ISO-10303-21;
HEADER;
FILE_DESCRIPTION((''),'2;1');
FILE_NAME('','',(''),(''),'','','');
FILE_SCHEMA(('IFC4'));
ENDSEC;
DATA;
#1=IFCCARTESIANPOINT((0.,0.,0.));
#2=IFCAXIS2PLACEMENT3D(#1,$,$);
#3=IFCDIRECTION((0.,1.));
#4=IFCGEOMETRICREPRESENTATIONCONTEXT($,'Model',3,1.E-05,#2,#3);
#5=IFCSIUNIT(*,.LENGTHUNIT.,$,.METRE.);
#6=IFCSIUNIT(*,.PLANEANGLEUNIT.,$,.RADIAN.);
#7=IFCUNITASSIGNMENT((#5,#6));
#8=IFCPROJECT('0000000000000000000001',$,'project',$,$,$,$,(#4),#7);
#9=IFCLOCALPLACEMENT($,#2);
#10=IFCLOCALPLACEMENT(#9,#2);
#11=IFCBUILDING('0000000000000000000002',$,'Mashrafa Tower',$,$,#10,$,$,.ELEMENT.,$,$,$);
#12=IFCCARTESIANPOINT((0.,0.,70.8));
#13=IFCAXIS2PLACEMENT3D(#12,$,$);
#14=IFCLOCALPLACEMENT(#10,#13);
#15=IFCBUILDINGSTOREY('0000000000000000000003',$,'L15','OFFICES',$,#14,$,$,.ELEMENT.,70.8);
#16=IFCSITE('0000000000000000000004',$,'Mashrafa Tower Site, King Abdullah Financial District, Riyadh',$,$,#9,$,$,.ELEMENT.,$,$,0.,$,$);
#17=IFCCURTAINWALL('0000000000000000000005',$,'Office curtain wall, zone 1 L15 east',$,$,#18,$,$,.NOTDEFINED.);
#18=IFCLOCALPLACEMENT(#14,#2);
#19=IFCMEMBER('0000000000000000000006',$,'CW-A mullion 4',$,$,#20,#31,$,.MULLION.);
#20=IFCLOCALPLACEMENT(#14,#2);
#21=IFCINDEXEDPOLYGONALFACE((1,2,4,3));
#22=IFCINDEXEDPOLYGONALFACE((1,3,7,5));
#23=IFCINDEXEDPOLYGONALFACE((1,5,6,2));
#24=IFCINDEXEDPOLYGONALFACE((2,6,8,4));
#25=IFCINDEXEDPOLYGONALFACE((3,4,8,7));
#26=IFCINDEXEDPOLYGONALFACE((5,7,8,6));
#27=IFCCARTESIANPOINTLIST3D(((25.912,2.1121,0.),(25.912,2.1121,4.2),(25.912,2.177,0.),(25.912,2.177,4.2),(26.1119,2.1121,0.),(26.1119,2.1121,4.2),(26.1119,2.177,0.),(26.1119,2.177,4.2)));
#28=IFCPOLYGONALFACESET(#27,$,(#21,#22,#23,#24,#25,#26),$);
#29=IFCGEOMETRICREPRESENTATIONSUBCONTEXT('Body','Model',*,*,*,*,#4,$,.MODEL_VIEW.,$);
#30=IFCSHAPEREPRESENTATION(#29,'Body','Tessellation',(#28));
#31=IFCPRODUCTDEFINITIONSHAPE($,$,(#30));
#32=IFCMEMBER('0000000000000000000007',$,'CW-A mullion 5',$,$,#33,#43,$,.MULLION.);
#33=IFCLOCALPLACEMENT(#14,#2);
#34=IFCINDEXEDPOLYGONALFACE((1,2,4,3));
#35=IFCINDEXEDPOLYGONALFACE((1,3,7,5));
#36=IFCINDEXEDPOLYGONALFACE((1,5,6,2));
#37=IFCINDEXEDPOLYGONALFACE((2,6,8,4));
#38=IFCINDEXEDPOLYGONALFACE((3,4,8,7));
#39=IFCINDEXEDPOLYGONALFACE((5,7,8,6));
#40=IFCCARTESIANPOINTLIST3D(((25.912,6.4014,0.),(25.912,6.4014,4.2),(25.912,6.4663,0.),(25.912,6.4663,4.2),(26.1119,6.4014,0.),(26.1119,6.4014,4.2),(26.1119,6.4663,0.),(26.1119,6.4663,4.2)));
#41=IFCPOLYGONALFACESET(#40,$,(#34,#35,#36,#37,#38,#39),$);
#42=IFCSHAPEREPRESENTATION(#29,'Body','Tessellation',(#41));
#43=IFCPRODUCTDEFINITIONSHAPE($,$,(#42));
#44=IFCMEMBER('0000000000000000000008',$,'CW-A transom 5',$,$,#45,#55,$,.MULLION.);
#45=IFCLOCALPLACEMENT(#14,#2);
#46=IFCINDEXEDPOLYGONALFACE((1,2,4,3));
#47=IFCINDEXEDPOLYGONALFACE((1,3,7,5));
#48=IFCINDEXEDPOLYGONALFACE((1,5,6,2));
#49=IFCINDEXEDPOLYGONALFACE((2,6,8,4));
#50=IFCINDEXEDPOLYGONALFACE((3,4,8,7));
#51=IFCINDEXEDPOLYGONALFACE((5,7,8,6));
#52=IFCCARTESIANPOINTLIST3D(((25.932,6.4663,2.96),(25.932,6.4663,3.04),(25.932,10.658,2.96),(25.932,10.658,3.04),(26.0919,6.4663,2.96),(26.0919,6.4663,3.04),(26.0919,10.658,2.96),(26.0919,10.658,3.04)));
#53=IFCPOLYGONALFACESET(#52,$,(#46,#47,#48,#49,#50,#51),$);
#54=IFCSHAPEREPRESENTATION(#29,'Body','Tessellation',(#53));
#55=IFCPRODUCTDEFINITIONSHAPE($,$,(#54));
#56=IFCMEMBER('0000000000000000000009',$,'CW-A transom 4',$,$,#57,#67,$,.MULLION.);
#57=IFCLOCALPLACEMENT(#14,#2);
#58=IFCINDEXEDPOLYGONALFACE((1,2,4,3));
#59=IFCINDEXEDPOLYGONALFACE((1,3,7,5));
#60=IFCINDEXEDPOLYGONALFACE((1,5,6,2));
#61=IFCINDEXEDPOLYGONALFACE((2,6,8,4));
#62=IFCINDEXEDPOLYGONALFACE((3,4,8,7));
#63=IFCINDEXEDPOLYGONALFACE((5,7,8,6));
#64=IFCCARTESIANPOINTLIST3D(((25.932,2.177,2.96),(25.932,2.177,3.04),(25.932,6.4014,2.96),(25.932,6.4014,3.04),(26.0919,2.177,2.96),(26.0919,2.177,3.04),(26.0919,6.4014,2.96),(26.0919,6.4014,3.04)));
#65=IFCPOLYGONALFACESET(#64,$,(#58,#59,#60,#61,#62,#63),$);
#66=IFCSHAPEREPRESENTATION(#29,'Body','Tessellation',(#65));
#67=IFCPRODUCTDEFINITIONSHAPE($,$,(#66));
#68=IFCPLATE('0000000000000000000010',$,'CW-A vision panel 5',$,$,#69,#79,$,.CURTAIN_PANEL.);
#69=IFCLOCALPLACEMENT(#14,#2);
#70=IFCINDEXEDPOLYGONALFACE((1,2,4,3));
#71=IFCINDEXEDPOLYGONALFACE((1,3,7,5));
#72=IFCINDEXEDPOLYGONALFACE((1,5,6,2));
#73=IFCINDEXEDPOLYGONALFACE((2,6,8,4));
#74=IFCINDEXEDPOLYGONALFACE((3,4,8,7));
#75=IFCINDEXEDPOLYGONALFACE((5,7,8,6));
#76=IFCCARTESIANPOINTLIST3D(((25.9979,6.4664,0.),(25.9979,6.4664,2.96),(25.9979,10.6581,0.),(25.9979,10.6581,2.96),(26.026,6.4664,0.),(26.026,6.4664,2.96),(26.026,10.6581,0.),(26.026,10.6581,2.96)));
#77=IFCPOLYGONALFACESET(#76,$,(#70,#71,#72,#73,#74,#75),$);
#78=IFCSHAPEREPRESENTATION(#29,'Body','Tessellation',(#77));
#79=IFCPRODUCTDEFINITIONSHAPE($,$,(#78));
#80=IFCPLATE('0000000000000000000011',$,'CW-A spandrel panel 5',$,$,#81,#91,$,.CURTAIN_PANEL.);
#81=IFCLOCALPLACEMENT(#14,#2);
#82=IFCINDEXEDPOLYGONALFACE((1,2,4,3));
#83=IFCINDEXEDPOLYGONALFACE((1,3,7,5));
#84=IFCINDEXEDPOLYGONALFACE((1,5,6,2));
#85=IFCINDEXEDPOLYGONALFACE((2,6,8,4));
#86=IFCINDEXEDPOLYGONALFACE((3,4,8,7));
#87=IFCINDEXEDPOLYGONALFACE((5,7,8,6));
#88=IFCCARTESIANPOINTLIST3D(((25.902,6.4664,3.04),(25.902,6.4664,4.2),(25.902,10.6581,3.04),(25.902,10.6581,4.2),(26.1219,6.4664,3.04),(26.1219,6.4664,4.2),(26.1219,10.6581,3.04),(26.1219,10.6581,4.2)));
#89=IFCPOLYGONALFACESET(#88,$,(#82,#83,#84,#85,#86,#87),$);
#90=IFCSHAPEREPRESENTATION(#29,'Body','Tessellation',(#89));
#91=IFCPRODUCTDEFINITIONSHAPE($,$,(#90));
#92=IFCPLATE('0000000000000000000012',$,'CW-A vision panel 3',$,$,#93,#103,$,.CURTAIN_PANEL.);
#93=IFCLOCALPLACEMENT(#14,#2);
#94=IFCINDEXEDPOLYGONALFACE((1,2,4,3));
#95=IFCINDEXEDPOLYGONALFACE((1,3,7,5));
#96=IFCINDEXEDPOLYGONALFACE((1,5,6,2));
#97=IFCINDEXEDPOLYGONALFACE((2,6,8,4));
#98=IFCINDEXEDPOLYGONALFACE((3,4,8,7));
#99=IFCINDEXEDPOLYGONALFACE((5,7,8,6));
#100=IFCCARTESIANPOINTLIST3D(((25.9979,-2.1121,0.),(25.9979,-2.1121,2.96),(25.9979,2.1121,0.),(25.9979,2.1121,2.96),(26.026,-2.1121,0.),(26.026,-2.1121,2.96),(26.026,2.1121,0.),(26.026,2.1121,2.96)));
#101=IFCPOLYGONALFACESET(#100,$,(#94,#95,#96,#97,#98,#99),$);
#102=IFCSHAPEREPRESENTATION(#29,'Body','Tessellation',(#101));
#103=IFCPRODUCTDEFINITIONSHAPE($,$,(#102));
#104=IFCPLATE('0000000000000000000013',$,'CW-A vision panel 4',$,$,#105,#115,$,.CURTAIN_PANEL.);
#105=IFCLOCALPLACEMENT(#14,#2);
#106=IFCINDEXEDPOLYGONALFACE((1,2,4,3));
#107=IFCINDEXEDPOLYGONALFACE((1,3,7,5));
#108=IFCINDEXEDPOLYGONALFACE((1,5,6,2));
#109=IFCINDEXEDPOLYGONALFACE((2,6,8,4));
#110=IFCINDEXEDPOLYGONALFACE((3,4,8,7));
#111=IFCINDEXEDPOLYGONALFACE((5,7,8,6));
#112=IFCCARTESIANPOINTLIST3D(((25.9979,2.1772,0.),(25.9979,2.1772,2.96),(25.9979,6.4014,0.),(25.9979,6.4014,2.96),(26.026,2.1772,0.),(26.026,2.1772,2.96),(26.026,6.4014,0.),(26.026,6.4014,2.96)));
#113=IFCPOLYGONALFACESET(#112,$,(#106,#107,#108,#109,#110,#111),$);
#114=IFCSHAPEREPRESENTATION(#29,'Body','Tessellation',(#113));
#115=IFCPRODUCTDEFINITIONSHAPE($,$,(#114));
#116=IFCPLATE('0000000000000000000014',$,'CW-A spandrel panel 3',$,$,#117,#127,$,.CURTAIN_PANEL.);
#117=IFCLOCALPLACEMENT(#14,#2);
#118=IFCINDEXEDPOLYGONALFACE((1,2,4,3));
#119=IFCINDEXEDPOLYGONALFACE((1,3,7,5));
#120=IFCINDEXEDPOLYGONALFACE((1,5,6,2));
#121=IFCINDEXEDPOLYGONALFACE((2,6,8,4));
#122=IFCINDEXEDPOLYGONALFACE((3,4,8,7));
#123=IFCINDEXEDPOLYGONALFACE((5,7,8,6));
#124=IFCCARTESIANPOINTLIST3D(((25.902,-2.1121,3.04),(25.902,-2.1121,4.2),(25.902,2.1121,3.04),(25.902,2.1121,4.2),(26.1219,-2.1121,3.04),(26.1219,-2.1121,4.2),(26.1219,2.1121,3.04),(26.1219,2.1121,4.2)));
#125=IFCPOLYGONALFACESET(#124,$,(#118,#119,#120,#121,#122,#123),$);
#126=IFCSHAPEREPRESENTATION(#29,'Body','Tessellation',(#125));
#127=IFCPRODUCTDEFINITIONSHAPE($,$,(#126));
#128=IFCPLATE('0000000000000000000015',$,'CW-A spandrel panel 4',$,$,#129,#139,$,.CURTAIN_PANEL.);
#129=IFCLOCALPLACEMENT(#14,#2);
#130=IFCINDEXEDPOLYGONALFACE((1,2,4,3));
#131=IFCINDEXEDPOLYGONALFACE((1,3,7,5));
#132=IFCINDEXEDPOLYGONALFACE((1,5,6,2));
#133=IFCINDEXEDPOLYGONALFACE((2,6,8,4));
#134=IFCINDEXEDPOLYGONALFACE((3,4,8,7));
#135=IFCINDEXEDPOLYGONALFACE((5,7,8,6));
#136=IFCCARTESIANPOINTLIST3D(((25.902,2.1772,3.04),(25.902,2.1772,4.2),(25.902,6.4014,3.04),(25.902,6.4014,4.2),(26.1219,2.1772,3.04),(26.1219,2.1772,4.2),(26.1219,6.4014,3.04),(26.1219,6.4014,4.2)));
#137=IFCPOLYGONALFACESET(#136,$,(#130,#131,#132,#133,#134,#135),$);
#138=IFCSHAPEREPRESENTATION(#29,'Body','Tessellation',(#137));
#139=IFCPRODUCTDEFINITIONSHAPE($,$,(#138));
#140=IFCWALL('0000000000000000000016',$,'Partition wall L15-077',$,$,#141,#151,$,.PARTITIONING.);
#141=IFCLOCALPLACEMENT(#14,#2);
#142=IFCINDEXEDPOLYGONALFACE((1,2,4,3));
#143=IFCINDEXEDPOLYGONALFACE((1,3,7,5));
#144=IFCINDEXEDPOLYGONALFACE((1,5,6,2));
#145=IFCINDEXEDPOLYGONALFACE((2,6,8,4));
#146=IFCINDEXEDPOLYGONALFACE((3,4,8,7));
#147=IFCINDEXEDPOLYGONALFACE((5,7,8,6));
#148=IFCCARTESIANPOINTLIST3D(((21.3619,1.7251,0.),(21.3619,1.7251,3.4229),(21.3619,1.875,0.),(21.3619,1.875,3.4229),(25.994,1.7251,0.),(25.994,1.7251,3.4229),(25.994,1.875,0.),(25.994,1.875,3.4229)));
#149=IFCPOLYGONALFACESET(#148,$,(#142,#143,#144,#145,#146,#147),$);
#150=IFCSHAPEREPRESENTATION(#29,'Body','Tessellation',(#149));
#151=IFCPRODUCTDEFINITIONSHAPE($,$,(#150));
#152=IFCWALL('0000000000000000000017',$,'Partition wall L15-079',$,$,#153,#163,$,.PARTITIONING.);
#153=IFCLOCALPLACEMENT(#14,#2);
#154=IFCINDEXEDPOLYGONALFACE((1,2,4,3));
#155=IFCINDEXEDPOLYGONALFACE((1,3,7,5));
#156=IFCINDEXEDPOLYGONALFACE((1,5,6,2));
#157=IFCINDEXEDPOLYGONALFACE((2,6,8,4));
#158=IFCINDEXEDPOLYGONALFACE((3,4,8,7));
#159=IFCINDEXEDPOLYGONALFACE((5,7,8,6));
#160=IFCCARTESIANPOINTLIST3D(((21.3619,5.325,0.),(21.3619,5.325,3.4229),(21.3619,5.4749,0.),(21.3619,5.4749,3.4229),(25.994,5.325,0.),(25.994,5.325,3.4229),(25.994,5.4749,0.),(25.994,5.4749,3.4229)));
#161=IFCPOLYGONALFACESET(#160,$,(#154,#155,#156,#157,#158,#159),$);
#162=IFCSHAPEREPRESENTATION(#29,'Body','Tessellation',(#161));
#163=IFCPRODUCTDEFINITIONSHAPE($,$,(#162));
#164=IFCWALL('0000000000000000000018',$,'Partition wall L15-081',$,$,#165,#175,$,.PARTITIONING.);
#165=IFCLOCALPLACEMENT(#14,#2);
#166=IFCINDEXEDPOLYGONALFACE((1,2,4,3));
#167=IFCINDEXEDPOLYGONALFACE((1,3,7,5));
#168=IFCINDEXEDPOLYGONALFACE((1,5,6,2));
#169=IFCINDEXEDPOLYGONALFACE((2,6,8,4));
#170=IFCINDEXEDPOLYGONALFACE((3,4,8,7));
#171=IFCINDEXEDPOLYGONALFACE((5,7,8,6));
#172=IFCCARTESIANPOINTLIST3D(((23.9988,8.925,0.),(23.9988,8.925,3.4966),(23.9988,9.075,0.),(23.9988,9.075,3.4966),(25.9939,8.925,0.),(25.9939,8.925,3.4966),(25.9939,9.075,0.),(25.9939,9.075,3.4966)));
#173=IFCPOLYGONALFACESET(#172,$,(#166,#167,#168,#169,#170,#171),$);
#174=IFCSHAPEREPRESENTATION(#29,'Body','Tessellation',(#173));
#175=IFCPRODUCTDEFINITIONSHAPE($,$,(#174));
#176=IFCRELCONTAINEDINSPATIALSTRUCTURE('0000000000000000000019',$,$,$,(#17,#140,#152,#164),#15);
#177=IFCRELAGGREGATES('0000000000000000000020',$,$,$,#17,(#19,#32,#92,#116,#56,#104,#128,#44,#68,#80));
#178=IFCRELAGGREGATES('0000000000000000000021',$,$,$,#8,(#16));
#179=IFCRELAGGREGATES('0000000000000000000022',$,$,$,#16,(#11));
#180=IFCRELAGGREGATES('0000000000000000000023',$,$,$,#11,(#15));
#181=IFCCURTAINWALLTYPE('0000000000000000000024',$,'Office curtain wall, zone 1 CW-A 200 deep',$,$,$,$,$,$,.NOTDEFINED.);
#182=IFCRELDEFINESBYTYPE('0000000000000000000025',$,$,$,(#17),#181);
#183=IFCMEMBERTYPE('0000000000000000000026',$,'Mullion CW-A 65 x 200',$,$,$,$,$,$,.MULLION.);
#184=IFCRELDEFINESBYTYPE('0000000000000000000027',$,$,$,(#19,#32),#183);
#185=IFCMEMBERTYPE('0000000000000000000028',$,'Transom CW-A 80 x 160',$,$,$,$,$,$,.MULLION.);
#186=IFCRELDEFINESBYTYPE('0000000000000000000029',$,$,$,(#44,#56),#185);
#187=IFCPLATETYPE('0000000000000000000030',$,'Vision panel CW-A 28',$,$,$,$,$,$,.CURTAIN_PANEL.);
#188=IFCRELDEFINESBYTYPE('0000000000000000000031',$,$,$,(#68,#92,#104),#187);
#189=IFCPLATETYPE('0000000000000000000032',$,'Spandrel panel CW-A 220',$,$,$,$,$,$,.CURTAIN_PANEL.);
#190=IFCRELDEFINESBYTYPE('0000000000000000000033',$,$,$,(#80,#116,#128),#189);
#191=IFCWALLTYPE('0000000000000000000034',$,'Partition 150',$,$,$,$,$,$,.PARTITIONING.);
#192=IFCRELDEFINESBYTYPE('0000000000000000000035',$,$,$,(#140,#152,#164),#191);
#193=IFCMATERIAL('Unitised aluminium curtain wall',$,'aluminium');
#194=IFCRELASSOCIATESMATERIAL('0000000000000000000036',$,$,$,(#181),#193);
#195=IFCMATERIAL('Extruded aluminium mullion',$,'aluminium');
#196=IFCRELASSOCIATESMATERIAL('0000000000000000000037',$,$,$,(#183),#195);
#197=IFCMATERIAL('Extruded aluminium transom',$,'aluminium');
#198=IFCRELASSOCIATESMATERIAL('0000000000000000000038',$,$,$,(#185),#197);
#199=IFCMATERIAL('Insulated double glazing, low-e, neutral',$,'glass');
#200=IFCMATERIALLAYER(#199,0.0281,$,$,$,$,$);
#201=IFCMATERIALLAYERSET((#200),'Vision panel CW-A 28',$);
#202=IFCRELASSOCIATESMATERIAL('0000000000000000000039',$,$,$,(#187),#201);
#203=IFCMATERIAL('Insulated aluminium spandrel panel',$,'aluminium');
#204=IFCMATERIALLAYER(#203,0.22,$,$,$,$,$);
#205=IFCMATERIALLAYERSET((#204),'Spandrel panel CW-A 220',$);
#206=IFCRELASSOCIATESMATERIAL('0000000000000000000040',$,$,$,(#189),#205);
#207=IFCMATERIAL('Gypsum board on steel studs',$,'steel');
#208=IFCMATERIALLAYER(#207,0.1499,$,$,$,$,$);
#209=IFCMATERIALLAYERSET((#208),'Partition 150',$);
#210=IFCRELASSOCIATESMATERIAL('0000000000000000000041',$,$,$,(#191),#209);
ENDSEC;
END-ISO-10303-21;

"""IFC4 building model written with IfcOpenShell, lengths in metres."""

from ifc_helpers import new_model, si_unit, direction, frame, frame_2d, origin, origin_2d, place, context, subcontext, project, spatial, rectangle, extrude, source, transform, mapped, material, layer, layer_set, material_profile, profile_set, type_object, type_shapes, element, aggregate, save


model = new_model("IFC4")

# Units and contexts
model_context = context("Model", 3, precision=1e-05, world=origin(), true_north=direction((0.0, 1.0)))
body_context = subcontext(model_context, "Body", "Model", "MODEL_VIEW")
ifc_project = project(units=[si_unit("LENGTHUNIT", "METRE"), si_unit("PLANEANGLEUNIT", "RADIAN")], contexts=[model_context])

# Site, building, storey
site_placement = place(None, origin())
site = spatial("IfcSite", under=ifc_project, at=site_placement, Name="Mashrafa Tower Site, King Abdullah Financial District, Riyadh", CompositionType="ELEMENT", RefElevation=0.0)
building_placement = place(site_placement, origin())
building = spatial("IfcBuilding", under=site, at=building_placement, Name="Mashrafa Tower", CompositionType="ELEMENT")
storey_placement = place(building_placement, frame((0.0, 0.0, 70.8)))
storey = spatial("IfcBuildingStorey", under=building, at=storey_placement, Name="L15", Description="OFFICES", CompositionType="ELEMENT", Elevation=70.8)

# Curtain wall, members, plates
ifc_material_1 = material(Name="Unitised aluminium curtain wall", Category="aluminium")
curtain_wall_type = type_object("IfcCurtainWallType", Name="Office curtain wall, zone 1 CW-A 200 deep", PredefinedType="NOTDEFINED", material=ifc_material_1)
curtain_wall_placement = place(storey_placement, origin())
curtain_wall = element("IfcCurtainWall", 1, at=curtain_wall_placement, inside=storey, type_object=curtain_wall_type, Name="Office curtain wall, zone 1 L15 east", PredefinedType="NOTDEFINED")
ifc_material_2 = material(Name="Extruded aluminium mullion", Category="aluminium")
ifc_material_profile_1 = material_profile(ifc_material_2, rectangle(XDim=0.2, YDim=0.0649, at=origin_2d()), Name="Mullion 65x200")
ifc_profile_set_1 = profile_set([ifc_material_profile_1], Name="Extruded aluminium mullion")
member_type_1 = type_object("IfcMemberType", Name="Mullion CW-A 65 x 200", PredefinedType="MULLION", material=ifc_profile_set_1)
shared_shape_1 = source(origin(), body_context, "Body", "SweptSolid", [
    extrude(rectangle(XDim=0.2, YDim=0.0649, at=origin_2d()), origin(), (0.0, 0.0, 1.0), 4.2),
])
type_shapes(member_type_1, [shared_shape_1])
member_1_placement = place(storey_placement, frame((26.012, 2.1445, 0.0), z_axis=(0.0, 0.0, 1.0), x_axis=(-1.0, 0.0, 0.0)))
member_1 = element("IfcMember", 2, at=member_1_placement, type_object=member_type_1, Name="CW-A mullion 4", PredefinedType="MULLION", context=body_context, shape_type="MappedRepresentation", body=[
    mapped(shared_shape_1, transform((0.0, 0.0, 0.0))),
])
member_2_placement = place(storey_placement, frame((26.012, 6.4338, 0.0), z_axis=(0.0, 0.0, 1.0), x_axis=(-1.0, 0.0, 0.0)))
member_2 = element("IfcMember", 3, at=member_2_placement, type_object=member_type_1, Name="CW-A mullion 5", PredefinedType="MULLION", context=body_context, shape_type="MappedRepresentation", body=[
    mapped(shared_shape_1, transform((0.0, 0.0, 0.0))),
])
ifc_material_3 = material(Name="Extruded aluminium transom", Category="aluminium")
ifc_material_profile_2 = material_profile(ifc_material_3, rectangle(XDim=0.1599, YDim=0.0801, at=origin_2d()), Name="Transom 80x160")
ifc_profile_set_2 = profile_set([ifc_material_profile_2], Name="Extruded aluminium transom")
member_type_2 = type_object("IfcMemberType", Name="Transom CW-A 80 x 160", PredefinedType="MULLION", material=ifc_profile_set_2)
shared_shape_2 = source(origin(), body_context, "Body", "SweptSolid", [
    extrude(rectangle(XDim=0.1599, YDim=0.0801, at=origin_2d()), origin(), (0.0, 0.0, 1.0), 4.1917),
])
member_3_placement = place(storey_placement, frame((26.012, 6.4663, 3.0), z_axis=(0.0, 1.0, 0.0), x_axis=(-1.0, 0.0, 0.0)))
member_3 = element("IfcMember", 4, at=member_3_placement, type_object=member_type_2, Name="CW-A transom 5", PredefinedType="MULLION", context=body_context, shape_type="MappedRepresentation", body=[
    mapped(shared_shape_2, transform((0.0, 0.0, 0.0))),
])
shared_shape_3 = source(origin(), body_context, "Body", "SweptSolid", [
    extrude(rectangle(XDim=0.1599, YDim=0.0801, at=origin_2d()), origin(), (0.0, 0.0, 1.0), 4.2244),
])
type_shapes(member_type_2, [shared_shape_2, shared_shape_3])
member_4_placement = place(storey_placement, frame((26.012, 2.177, 3.0), z_axis=(0.0, 1.0, 0.0), x_axis=(-1.0, 0.0, 0.0)))
member_4 = element("IfcMember", 5, at=member_4_placement, type_object=member_type_2, Name="CW-A transom 4", PredefinedType="MULLION", context=body_context, shape_type="MappedRepresentation", body=[
    mapped(shared_shape_3, transform((0.0, 0.0, 0.0))),
])
ifc_material_4 = material(Name="Insulated double glazing, low-e, neutral", Category="glass")
ifc_layer_1 = layer(ifc_material_4, 0.0281)
ifc_layer_set_1 = layer_set([ifc_layer_1], Name="Vision panel CW-A 28")
plate_type_1 = type_object("IfcPlateType", Name="Vision panel CW-A 28", PredefinedType="CURTAIN_PANEL", material=ifc_layer_set_1)
shared_shape_4 = source(origin(), body_context, "Body", "SweptSolid", [
    extrude(rectangle(XDim=4.1917, YDim=0.0281, at=origin_2d()), origin(), (0.0, 0.0, 1.0), 2.96),
])
plate_1_placement = place(storey_placement, frame((26.012, 8.5623, 0.0), z_axis=(0.0, 0.0, 1.0), x_axis=(0.0, 1.0, 0.0)))
plate_1 = element("IfcPlate", 6, at=plate_1_placement, type_object=plate_type_1, Name="CW-A vision panel 5", PredefinedType="CURTAIN_PANEL", context=body_context, shape_type="MappedRepresentation", body=[
    mapped(shared_shape_4, transform((0.0, 0.0, 0.0))),
])
ifc_material_5 = material(Name="Insulated aluminium spandrel panel", Category="aluminium")
ifc_layer_2 = layer(ifc_material_5, 0.22)
ifc_layer_set_2 = layer_set([ifc_layer_2], Name="Spandrel panel CW-A 220")
plate_type_2 = type_object("IfcPlateType", Name="Spandrel panel CW-A 220", PredefinedType="CURTAIN_PANEL", material=ifc_layer_set_2)
shared_shape_5 = source(origin(), body_context, "Body", "SweptSolid", [
    extrude(rectangle(XDim=4.1917, YDim=0.22, at=origin_2d()), origin(), (0.0, 0.0, 1.0), 1.1599),
])
plate_2_placement = place(storey_placement, frame((26.012, 8.5623, 3.04), z_axis=(0.0, 0.0, 1.0), x_axis=(0.0, 1.0, 0.0)))
plate_2 = element("IfcPlate", 7, at=plate_2_placement, type_object=plate_type_2, Name="CW-A spandrel panel 5", PredefinedType="CURTAIN_PANEL", context=body_context, shape_type="MappedRepresentation", body=[
    mapped(shared_shape_5, transform((0.0, 0.0, 0.0))),
])
shared_shape_6 = source(origin(), body_context, "Body", "SweptSolid", [
    extrude(rectangle(XDim=4.2241, YDim=0.0281, at=origin_2d()), origin(), (0.0, 0.0, 1.0), 2.96),
])
type_shapes(plate_type_1, [shared_shape_4, shared_shape_6])
plate_3_placement = place(storey_placement, frame((26.012, 0.0, 0.0), z_axis=(0.0, 0.0, 1.0), x_axis=(0.0, 1.0, 0.0)))
plate_3 = element("IfcPlate", 8, at=plate_3_placement, type_object=plate_type_1, Name="CW-A vision panel 3", PredefinedType="CURTAIN_PANEL", context=body_context, shape_type="MappedRepresentation", body=[
    mapped(shared_shape_6, transform((0.0, 0.0, 0.0))),
])
plate_4_placement = place(storey_placement, frame((26.012, 4.2893, 0.0), z_axis=(0.0, 0.0, 1.0), x_axis=(0.0, 1.0, 0.0)))
plate_4 = element("IfcPlate", 9, at=plate_4_placement, type_object=plate_type_1, Name="CW-A vision panel 4", PredefinedType="CURTAIN_PANEL", context=body_context, shape_type="MappedRepresentation", body=[
    mapped(shared_shape_6, transform((0.0, 0.0, 0.0))),
])
shared_shape_7 = source(origin(), body_context, "Body", "SweptSolid", [
    extrude(rectangle(XDim=4.2241, YDim=0.22, at=origin_2d()), origin(), (0.0, 0.0, 1.0), 1.1599),
])
type_shapes(plate_type_2, [shared_shape_5, shared_shape_7])
plate_5_placement = place(storey_placement, frame((26.012, 0.0, 3.04), z_axis=(0.0, 0.0, 1.0), x_axis=(0.0, 1.0, 0.0)))
plate_5 = element("IfcPlate", 10, at=plate_5_placement, type_object=plate_type_2, Name="CW-A spandrel panel 3", PredefinedType="CURTAIN_PANEL", context=body_context, shape_type="MappedRepresentation", body=[
    mapped(shared_shape_7, transform((0.0, 0.0, 0.0))),
])
plate_6_placement = place(storey_placement, frame((26.012, 4.2893, 3.04), z_axis=(0.0, 0.0, 1.0), x_axis=(0.0, 1.0, 0.0)))
plate_6 = element("IfcPlate", 11, at=plate_6_placement, type_object=plate_type_2, Name="CW-A spandrel panel 4", PredefinedType="CURTAIN_PANEL", context=body_context, shape_type="MappedRepresentation", body=[
    mapped(shared_shape_7, transform((0.0, 0.0, 0.0))),
])
aggregate(curtain_wall, [member_1, member_2, plate_3, plate_5, member_4, plate_4, plate_6, member_3, plate_1, plate_2])

# Walls
ifc_material_6 = material(Name="Gypsum board on steel studs", Category="steel")
ifc_layer_3 = layer(ifc_material_6, 0.1499)
ifc_layer_set_3 = layer_set([ifc_layer_3], Name="Partition 150")
wall_type = type_object("IfcWallType", Name="Partition 150", PredefinedType="PARTITIONING", material=ifc_layer_set_3)
for number, where, z_axis, x_axis, name in (
    (12, (25.9939, 1.8, 0.0), (0.0, 0.0, 1.0), (-1.0, 0.0, 0.0), "Partition wall L15-077"),
    (13, (25.9939, 5.3999, 0.0), (0.0, 0.0, 1.0), (-1.0, 0.0, 0.0), "Partition wall L15-079"),
):
    element("IfcWall", number, at=place(storey_placement, frame(where, z_axis=z_axis, x_axis=x_axis)), inside=storey, type_object=wall_type, Name=name, PredefinedType="PARTITIONING", context=body_context, shape_type="SweptSolid", body=[
        extrude(rectangle(XDim=4.6321, YDim=0.1499, at=frame_2d((2.3159, 0.0))), origin(), (0.0, 0.0, 1.0), 3.4229),
    ])
wall_placement = place(storey_placement, frame((25.9939, 9.0, 0.0), z_axis=(0.0, 0.0, 1.0), x_axis=(-1.0, 0.0, 0.0)))
element("IfcWall", 14, at=wall_placement, inside=storey, type_object=wall_type, Name="Partition wall L15-081", PredefinedType="PARTITIONING", context=body_context, shape_type="SweptSolid", body=[
    extrude(rectangle(XDim=1.9951, YDim=0.1499, at=frame_2d((0.9976, 0.0))), origin(), (0.0, 0.0, 1.0), 3.4966),
])

save(model, "model.ifc")
